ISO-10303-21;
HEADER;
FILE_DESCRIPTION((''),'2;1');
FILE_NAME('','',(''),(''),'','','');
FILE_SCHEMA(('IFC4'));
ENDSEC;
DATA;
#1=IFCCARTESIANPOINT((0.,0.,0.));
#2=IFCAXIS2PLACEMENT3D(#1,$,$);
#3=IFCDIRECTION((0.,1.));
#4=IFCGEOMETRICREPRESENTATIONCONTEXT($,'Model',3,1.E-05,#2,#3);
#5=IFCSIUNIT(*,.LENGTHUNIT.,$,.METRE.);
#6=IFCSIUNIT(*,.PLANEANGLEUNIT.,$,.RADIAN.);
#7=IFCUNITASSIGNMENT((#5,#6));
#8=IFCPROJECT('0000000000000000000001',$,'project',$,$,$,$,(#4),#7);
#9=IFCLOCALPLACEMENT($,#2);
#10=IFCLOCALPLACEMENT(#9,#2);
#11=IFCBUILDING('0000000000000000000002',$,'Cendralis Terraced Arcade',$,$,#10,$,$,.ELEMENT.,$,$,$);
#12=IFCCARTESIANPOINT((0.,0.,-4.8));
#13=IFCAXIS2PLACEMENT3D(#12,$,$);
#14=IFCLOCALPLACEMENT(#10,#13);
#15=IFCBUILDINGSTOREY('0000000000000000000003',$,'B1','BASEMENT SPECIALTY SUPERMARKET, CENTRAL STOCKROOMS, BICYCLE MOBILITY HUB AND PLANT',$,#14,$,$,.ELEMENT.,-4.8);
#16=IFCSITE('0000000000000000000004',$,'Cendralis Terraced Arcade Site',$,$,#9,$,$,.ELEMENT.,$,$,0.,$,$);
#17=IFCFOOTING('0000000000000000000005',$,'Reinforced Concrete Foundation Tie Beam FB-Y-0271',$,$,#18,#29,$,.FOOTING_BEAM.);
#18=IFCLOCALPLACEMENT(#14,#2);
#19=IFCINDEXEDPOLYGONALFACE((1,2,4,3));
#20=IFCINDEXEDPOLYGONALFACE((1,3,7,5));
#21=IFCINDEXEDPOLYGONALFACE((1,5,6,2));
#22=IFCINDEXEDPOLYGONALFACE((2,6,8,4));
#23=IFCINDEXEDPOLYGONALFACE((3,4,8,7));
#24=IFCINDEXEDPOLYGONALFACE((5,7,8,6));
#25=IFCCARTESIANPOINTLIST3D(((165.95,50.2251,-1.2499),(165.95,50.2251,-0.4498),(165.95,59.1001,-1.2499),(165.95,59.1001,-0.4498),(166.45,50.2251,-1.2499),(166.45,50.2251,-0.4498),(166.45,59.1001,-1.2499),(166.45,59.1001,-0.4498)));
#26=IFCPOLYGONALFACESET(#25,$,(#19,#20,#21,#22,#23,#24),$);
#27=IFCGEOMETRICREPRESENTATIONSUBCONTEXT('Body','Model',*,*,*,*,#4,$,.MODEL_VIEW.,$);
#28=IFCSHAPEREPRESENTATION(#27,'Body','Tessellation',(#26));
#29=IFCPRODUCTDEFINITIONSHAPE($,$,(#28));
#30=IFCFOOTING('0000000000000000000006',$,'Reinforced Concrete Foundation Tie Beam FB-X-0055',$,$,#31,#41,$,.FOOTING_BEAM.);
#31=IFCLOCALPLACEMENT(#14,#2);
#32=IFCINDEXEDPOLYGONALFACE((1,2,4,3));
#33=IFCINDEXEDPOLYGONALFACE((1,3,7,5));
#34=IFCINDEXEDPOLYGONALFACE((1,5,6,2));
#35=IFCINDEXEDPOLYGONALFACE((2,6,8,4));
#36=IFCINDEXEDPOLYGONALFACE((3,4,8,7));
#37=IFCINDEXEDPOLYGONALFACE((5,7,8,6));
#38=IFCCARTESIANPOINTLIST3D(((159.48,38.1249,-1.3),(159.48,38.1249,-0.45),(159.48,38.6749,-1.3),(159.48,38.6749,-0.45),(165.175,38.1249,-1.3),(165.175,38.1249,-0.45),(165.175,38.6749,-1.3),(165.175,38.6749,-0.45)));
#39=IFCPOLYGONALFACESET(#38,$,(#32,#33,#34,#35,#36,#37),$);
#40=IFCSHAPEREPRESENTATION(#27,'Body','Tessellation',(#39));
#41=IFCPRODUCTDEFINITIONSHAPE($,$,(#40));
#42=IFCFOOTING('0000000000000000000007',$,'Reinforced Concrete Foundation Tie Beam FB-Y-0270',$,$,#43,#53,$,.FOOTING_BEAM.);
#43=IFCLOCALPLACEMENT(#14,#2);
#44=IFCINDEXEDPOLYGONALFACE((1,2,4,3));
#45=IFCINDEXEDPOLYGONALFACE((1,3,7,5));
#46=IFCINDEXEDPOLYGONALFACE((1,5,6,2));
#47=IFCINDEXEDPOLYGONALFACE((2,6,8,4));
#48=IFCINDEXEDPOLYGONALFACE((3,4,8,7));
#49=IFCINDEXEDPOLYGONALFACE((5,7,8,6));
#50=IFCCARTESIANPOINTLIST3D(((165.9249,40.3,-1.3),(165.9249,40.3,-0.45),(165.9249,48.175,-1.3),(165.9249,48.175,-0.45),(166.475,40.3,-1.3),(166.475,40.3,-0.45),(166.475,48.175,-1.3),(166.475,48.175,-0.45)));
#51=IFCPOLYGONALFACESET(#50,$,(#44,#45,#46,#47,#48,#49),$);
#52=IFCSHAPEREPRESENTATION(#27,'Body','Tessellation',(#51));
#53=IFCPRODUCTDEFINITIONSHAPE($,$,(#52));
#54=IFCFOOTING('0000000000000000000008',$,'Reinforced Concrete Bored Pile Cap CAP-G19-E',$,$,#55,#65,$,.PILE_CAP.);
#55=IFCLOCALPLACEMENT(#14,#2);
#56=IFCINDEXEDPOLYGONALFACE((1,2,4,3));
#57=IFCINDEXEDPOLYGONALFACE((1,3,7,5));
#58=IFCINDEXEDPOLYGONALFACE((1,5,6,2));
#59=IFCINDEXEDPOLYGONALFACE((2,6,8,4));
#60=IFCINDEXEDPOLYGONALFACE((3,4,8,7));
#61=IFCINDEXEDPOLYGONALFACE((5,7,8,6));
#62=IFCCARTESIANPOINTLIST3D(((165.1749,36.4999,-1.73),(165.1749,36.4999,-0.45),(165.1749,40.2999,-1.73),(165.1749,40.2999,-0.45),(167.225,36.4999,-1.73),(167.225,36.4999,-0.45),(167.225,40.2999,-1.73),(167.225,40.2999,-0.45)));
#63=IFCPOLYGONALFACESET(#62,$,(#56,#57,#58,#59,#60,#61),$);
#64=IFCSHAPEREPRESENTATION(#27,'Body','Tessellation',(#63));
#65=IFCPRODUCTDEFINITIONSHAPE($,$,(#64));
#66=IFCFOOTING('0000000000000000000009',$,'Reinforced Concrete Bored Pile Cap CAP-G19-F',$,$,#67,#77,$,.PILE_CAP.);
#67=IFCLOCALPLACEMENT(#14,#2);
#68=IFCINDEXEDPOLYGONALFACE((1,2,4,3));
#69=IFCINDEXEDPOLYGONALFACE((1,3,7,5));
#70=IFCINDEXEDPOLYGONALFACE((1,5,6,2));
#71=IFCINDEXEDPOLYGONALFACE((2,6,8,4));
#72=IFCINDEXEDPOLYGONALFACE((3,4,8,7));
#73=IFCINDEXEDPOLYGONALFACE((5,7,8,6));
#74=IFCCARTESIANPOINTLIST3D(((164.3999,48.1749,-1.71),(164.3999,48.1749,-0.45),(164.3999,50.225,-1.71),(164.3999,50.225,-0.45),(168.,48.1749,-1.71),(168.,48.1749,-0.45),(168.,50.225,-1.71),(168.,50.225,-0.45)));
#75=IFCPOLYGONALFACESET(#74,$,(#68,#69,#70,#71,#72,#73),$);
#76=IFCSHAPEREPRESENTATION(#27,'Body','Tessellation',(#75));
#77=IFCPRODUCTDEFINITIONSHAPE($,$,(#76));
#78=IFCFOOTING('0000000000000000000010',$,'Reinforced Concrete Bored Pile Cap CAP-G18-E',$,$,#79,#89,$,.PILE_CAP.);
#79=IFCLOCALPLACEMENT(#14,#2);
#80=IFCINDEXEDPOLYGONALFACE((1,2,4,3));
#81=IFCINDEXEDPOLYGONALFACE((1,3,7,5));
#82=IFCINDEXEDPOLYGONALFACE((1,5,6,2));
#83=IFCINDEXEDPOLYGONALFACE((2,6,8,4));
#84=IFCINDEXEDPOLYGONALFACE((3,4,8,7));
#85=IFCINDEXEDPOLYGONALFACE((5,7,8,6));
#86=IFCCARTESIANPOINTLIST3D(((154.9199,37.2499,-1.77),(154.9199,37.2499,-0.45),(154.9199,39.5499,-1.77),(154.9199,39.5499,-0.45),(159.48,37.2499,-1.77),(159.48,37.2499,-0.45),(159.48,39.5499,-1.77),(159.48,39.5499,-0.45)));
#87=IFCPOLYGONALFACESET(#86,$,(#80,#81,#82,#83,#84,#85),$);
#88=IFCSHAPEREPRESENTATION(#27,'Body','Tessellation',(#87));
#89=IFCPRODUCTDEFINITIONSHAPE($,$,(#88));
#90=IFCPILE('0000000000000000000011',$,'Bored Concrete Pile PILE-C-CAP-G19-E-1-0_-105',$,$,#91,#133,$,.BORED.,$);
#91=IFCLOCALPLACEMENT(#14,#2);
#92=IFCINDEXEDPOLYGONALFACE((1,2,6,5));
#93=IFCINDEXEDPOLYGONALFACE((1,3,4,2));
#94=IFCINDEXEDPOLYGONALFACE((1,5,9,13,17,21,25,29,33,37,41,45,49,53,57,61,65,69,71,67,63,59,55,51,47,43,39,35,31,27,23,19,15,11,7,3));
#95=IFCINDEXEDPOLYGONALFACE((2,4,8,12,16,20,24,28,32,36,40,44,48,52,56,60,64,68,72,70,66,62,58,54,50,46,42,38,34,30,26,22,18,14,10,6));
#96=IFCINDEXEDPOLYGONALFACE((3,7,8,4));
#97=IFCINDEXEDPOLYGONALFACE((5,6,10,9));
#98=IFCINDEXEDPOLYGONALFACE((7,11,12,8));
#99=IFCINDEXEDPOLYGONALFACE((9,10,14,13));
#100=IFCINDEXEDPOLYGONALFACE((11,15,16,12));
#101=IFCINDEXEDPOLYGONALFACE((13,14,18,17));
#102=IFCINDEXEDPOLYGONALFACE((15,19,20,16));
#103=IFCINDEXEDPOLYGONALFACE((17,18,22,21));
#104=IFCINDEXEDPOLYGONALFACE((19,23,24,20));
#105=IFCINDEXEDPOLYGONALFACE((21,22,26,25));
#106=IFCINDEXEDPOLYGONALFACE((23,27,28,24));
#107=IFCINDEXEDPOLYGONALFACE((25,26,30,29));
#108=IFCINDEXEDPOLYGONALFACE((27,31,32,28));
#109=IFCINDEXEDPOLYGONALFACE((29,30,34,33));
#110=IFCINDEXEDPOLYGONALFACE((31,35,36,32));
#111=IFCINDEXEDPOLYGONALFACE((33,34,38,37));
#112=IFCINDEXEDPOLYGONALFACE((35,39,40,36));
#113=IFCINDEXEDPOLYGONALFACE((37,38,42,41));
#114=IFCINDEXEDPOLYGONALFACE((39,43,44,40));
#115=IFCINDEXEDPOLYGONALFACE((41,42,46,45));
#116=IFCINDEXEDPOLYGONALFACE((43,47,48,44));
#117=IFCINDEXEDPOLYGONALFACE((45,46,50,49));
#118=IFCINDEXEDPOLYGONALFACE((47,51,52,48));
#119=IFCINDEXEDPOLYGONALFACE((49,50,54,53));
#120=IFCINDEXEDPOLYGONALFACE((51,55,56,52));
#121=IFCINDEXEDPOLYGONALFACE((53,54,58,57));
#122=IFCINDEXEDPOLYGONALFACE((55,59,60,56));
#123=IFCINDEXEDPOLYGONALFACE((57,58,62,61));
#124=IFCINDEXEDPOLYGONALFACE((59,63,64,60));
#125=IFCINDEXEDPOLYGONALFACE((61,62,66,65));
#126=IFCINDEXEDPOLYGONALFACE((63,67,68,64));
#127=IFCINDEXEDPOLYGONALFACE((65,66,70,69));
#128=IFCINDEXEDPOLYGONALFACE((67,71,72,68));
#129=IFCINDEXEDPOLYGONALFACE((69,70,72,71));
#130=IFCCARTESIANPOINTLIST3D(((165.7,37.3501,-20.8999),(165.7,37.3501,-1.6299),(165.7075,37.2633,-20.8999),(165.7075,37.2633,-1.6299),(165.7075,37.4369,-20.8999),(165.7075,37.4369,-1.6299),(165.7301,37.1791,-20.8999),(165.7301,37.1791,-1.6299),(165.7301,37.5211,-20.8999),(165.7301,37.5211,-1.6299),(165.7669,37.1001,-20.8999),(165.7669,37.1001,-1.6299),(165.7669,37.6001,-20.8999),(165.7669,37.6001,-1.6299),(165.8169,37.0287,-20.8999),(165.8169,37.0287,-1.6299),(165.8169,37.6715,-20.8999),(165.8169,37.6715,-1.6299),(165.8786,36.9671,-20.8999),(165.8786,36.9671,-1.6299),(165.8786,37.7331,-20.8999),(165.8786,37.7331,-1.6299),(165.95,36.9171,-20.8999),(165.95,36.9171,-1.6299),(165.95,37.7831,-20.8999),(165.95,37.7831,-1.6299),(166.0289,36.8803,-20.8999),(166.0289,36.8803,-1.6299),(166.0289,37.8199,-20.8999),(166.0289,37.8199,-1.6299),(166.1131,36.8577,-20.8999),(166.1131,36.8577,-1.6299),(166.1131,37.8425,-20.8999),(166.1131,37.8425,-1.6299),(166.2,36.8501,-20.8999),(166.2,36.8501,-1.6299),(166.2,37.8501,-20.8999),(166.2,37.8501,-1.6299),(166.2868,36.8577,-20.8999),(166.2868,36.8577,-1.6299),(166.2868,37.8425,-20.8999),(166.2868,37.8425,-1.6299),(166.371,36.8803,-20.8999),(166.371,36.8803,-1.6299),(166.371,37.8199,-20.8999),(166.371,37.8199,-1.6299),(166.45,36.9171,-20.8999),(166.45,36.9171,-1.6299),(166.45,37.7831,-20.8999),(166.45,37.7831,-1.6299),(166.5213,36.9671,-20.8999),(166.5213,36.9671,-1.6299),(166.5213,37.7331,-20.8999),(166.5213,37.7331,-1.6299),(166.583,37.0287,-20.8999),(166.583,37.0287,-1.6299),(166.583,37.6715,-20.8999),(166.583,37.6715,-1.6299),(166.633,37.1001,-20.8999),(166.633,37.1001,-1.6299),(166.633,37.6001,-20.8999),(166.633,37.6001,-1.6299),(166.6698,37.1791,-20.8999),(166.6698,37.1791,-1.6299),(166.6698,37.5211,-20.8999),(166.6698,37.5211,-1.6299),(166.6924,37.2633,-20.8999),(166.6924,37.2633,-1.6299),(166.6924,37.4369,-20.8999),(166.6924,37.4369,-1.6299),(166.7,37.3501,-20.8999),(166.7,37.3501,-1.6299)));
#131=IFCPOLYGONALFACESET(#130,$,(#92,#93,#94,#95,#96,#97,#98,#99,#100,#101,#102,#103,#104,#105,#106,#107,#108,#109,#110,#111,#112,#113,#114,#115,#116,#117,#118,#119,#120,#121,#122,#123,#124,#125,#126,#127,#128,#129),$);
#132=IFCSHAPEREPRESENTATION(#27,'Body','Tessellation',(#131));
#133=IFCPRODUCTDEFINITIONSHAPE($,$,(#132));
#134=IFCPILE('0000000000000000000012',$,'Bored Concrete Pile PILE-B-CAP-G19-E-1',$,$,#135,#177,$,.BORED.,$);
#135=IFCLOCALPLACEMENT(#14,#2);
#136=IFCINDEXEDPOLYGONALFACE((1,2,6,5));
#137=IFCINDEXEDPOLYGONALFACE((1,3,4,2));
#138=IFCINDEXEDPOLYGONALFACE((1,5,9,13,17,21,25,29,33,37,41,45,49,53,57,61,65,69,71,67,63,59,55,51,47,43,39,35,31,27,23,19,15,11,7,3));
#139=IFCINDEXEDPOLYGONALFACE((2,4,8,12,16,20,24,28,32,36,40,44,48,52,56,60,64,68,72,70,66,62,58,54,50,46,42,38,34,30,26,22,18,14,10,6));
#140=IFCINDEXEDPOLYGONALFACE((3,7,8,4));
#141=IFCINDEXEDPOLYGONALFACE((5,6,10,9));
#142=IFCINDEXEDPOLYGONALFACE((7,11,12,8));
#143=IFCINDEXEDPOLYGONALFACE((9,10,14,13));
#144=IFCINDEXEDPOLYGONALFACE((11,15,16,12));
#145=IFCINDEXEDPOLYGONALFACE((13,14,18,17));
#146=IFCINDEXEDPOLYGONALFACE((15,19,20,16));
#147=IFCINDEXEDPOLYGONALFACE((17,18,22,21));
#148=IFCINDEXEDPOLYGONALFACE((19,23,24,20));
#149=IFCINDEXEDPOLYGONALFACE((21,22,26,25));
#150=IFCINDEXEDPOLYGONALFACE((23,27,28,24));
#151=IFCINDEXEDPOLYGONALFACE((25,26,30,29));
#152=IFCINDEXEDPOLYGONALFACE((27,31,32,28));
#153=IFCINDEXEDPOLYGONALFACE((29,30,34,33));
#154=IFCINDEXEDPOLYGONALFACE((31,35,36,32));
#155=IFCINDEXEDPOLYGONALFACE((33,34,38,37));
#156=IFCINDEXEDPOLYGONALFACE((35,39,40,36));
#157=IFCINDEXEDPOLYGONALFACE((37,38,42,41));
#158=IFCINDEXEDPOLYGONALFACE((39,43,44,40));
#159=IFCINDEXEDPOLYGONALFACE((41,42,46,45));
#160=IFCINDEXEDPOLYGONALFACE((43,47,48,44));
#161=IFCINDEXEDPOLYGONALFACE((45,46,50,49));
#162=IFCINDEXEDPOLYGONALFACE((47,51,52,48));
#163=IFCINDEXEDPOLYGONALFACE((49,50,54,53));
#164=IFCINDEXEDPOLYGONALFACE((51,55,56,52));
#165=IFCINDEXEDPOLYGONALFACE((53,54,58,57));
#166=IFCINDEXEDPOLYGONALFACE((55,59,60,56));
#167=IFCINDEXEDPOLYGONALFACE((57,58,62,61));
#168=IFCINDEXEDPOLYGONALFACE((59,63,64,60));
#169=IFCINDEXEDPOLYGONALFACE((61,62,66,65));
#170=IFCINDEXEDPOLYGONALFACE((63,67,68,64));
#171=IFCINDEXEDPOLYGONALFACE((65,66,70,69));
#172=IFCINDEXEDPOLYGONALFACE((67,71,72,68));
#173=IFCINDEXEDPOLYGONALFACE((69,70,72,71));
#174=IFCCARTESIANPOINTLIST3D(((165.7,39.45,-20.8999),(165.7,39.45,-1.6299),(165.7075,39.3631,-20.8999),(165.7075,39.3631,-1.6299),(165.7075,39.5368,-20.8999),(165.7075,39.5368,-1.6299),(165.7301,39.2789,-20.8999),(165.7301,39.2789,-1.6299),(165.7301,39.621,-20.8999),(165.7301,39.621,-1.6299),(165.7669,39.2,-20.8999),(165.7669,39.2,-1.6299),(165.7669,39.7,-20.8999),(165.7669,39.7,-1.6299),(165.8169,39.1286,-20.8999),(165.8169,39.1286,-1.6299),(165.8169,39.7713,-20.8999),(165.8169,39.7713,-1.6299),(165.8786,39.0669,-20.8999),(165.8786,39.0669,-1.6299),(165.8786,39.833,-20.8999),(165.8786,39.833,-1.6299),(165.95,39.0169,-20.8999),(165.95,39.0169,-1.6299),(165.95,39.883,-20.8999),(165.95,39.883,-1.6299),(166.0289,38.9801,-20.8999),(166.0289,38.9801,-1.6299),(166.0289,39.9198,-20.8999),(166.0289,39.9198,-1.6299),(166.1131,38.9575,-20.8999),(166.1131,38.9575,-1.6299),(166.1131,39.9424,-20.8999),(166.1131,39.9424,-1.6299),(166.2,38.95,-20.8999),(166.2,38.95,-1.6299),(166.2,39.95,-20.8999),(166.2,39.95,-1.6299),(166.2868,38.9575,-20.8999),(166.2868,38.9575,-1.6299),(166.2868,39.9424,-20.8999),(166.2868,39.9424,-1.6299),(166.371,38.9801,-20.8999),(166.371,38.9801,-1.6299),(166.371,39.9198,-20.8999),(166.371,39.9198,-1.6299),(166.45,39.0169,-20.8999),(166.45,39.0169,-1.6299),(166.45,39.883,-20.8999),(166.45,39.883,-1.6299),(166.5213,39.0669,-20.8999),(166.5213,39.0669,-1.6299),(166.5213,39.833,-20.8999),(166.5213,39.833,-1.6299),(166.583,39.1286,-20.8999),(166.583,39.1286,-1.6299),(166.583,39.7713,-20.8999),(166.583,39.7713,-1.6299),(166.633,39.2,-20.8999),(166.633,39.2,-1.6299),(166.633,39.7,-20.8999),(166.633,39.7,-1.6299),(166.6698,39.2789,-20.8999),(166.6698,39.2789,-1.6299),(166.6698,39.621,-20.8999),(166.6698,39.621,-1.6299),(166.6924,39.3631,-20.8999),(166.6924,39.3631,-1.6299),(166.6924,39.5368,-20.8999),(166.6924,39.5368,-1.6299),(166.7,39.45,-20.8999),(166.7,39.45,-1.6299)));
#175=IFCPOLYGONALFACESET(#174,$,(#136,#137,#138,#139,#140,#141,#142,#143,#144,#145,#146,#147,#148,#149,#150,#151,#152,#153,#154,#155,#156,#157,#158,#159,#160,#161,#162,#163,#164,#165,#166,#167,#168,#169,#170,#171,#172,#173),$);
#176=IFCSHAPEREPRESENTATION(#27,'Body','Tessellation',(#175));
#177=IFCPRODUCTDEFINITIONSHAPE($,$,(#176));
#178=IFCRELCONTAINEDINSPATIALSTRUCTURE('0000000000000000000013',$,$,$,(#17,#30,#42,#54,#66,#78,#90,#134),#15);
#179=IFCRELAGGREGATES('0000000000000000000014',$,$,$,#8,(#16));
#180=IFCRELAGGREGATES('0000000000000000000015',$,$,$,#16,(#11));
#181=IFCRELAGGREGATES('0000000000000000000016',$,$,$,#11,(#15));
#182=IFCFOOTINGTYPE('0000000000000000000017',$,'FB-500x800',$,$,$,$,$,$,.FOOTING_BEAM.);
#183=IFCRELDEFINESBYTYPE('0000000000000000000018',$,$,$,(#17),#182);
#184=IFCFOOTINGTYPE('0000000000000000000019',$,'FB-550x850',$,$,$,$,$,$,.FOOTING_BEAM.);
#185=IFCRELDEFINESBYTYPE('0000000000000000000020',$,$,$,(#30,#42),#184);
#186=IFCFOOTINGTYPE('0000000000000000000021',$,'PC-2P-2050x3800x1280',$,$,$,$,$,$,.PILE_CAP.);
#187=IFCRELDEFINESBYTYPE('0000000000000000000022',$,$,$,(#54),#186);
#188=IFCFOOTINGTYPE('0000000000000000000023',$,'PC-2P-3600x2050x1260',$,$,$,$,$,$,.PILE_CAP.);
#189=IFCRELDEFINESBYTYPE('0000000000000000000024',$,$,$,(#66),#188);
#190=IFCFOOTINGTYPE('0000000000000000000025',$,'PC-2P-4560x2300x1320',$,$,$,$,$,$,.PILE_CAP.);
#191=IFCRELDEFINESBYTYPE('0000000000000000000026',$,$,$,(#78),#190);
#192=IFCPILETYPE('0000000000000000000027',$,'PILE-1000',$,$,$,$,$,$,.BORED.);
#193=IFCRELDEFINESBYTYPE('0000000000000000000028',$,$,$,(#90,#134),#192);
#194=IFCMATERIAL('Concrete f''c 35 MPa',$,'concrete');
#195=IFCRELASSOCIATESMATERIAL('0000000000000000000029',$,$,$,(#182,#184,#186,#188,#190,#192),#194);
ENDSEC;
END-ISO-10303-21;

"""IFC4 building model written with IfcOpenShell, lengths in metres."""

from ifc_helpers import new_model, si_unit, direction, frame, origin, origin_2d, place, context, subcontext, project, spatial, rectangle, circle, extrude, material, material_profile, profile_set, type_object, element, save


model = new_model("IFC4")

# Units and contexts
model_context = context("Model", 3, precision=1e-05, world=origin(), true_north=direction((0.0, 1.0)))
body_context = subcontext(model_context, "Body", "Model", "MODEL_VIEW")
ifc_project = project(units=[si_unit("LENGTHUNIT", "METRE"), si_unit("PLANEANGLEUNIT", "RADIAN")], contexts=[model_context])

# Site, building, storey
site_placement = place(None, origin())
site = spatial("IfcSite", under=ifc_project, at=site_placement, Name="Cendralis Terraced Arcade Site", CompositionType="ELEMENT", RefElevation=0.0)
building_placement = place(site_placement, origin())
building = spatial("IfcBuilding", under=site, at=building_placement, Name="Cendralis Terraced Arcade", CompositionType="ELEMENT")
storey_placement = place(building_placement, frame((0.0, 0.0, -4.8)))
storey = spatial("IfcBuildingStorey", under=building, at=storey_placement, Name="B1", Description="BASEMENT SPECIALTY SUPERMARKET, CENTRAL STOCKROOMS, BICYCLE MOBILITY HUB AND PLANT", CompositionType="ELEMENT", Elevation=-4.8)

# Footings
ifc_material_1 = material(Name="Concrete f'c 35 MPa", Category="concrete")
ifc_material_profile_1 = material_profile(ifc_material_1, rectangle(XDim=0.5, YDim=0.8, at=origin_2d()), Name="FB-500x800", Category="LoadBearing")
ifc_profile_set_1 = profile_set([ifc_material_profile_1], Name="Concrete f'c 35 MPa")
footing_type_1 = type_object("IfcFootingType", Name="FB-500x800", PredefinedType="FOOTING_BEAM", material=ifc_profile_set_1)
footing_1_placement = place(storey_placement, frame((166.2, 50.2251, -0.8499), z_axis=(0.0, 1.0, 0.0), x_axis=(-1.0, 0.0, 0.0)))
element("IfcFooting", 1, at=footing_1_placement, inside=storey, type_object=footing_type_1, Name="Reinforced Concrete Foundation Tie Beam FB-Y-0271", PredefinedType="FOOTING_BEAM", context=body_context, shape_type="SweptSolid", body=[
    extrude(rectangle(XDim=0.5, YDim=0.8, at=origin_2d()), origin(), (0.0, 0.0, 1.0), 8.875),
])
ifc_material_profile_2 = material_profile(ifc_material_1, rectangle(XDim=0.55, YDim=0.8501, at=origin_2d()), Name="FB-550x850", Category="LoadBearing")
ifc_profile_set_2 = profile_set([ifc_material_profile_2], Name="Concrete f'c 35 MPa")
footing_type_2 = type_object("IfcFootingType", Name="FB-550x850", PredefinedType="FOOTING_BEAM", material=ifc_profile_set_2)
footing_2_placement = place(storey_placement, frame((159.48, 38.3999, -0.875), z_axis=(1.0, 0.0, 0.0), x_axis=(0.0, 1.0, 0.0)))
element("IfcFooting", 2, at=footing_2_placement, inside=storey, type_object=footing_type_2, Name="Reinforced Concrete Foundation Tie Beam FB-X-0055", PredefinedType="FOOTING_BEAM", context=body_context, shape_type="SweptSolid", body=[
    extrude(rectangle(XDim=0.55, YDim=0.8501, at=origin_2d()), origin(), (0.0, 0.0, 1.0), 5.6951),
])
footing_3_placement = place(storey_placement, frame((166.2, 40.3, -0.875), z_axis=(0.0, 1.0, 0.0), x_axis=(-1.0, 0.0, 0.0)))
element("IfcFooting", 3, at=footing_3_placement, inside=storey, type_object=footing_type_2, Name="Reinforced Concrete Foundation Tie Beam FB-Y-0270", PredefinedType="FOOTING_BEAM", context=body_context, shape_type="SweptSolid", body=[
    extrude(rectangle(XDim=0.55, YDim=0.8501, at=origin_2d()), origin(), (0.0, 0.0, 1.0), 7.875),
])
footing_type_3 = type_object("IfcFootingType", Name="PC-2P-2050x3800x1280", PredefinedType="PILE_CAP", material=ifc_material_1)
footing_4_placement = place(storey_placement, frame((166.2, 38.3999, -1.73), z_axis=(0.0, 0.0, 1.0), x_axis=(1.0, 0.0, 0.0)))
element("IfcFooting", 4, at=footing_4_placement, inside=storey, type_object=footing_type_3, Name="Reinforced Concrete Bored Pile Cap CAP-G19-E", PredefinedType="PILE_CAP", context=body_context, shape_type="SweptSolid", body=[
    extrude(rectangle(XDim=2.05, YDim=3.8, at=origin_2d()), origin(), (0.0, 0.0, 1.0), 1.28),
])
footing_type_4 = type_object("IfcFootingType", Name="PC-2P-3600x2050x1260", PredefinedType="PILE_CAP", material=ifc_material_1)
footing_5_placement = place(storey_placement, frame((166.2, 49.2, -1.71), z_axis=(0.0, 0.0, 1.0), x_axis=(1.0, 0.0, 0.0)))
element("IfcFooting", 5, at=footing_5_placement, inside=storey, type_object=footing_type_4, Name="Reinforced Concrete Bored Pile Cap CAP-G19-F", PredefinedType="PILE_CAP", context=body_context, shape_type="SweptSolid", body=[
    extrude(rectangle(XDim=3.6001, YDim=2.05, at=origin_2d()), origin(), (0.0, 0.0, 1.0), 1.26),
])
footing_type_5 = type_object("IfcFootingType", Name="PC-2P-4560x2300x1320", PredefinedType="PILE_CAP", material=ifc_material_1)
footing_6_placement = place(storey_placement, frame((157.2, 38.3999, -1.77), z_axis=(0.0, 0.0, 1.0), x_axis=(1.0, 0.0, 0.0)))
element("IfcFooting", 6, at=footing_6_placement, inside=storey, type_object=footing_type_5, Name="Reinforced Concrete Bored Pile Cap CAP-G18-E", PredefinedType="PILE_CAP", context=body_context, shape_type="SweptSolid", body=[
    extrude(rectangle(XDim=4.5601, YDim=2.3, at=origin_2d()), origin(), (0.0, 0.0, 1.0), 1.3201),
])

# Piles
ifc_material_profile_3 = material_profile(ifc_material_1, circle(Radius=0.5, at=origin_2d()), Name="PILE-D1000", Category="LoadBearing")
ifc_profile_set_3 = profile_set([ifc_material_profile_3], Name="Concrete f'c 35 MPa")
pile_type_1 = type_object("IfcPileType", Name="PILE-1000", PredefinedType="BORED", material=ifc_profile_set_3)
for number, where, z_axis, x_axis, name in (
    (7, (166.2, 37.3501, -1.6299), (0.0, 0.0, -1.0), (1.0, 0.0, 0.0), "Bored Concrete Pile PILE-C-CAP-G19-E-1-0_-105"),
    (8, (166.2, 39.45, -1.6299), (0.0, 0.0, -1.0), (1.0, 0.0, 0.0), "Bored Concrete Pile PILE-B-CAP-G19-E-1"),
):
    element("IfcPile", number, at=place(storey_placement, frame(where, z_axis=z_axis, x_axis=x_axis)), inside=storey, type_object=pile_type_1, Name=name, PredefinedType="BORED", context=body_context, shape_type="SweptSolid", body=[
        extrude(circle(Radius=0.5, at=origin_2d()), origin(), (0.0, 0.0, 1.0), 19.27),
    ])

save(model, "model.ifc")
